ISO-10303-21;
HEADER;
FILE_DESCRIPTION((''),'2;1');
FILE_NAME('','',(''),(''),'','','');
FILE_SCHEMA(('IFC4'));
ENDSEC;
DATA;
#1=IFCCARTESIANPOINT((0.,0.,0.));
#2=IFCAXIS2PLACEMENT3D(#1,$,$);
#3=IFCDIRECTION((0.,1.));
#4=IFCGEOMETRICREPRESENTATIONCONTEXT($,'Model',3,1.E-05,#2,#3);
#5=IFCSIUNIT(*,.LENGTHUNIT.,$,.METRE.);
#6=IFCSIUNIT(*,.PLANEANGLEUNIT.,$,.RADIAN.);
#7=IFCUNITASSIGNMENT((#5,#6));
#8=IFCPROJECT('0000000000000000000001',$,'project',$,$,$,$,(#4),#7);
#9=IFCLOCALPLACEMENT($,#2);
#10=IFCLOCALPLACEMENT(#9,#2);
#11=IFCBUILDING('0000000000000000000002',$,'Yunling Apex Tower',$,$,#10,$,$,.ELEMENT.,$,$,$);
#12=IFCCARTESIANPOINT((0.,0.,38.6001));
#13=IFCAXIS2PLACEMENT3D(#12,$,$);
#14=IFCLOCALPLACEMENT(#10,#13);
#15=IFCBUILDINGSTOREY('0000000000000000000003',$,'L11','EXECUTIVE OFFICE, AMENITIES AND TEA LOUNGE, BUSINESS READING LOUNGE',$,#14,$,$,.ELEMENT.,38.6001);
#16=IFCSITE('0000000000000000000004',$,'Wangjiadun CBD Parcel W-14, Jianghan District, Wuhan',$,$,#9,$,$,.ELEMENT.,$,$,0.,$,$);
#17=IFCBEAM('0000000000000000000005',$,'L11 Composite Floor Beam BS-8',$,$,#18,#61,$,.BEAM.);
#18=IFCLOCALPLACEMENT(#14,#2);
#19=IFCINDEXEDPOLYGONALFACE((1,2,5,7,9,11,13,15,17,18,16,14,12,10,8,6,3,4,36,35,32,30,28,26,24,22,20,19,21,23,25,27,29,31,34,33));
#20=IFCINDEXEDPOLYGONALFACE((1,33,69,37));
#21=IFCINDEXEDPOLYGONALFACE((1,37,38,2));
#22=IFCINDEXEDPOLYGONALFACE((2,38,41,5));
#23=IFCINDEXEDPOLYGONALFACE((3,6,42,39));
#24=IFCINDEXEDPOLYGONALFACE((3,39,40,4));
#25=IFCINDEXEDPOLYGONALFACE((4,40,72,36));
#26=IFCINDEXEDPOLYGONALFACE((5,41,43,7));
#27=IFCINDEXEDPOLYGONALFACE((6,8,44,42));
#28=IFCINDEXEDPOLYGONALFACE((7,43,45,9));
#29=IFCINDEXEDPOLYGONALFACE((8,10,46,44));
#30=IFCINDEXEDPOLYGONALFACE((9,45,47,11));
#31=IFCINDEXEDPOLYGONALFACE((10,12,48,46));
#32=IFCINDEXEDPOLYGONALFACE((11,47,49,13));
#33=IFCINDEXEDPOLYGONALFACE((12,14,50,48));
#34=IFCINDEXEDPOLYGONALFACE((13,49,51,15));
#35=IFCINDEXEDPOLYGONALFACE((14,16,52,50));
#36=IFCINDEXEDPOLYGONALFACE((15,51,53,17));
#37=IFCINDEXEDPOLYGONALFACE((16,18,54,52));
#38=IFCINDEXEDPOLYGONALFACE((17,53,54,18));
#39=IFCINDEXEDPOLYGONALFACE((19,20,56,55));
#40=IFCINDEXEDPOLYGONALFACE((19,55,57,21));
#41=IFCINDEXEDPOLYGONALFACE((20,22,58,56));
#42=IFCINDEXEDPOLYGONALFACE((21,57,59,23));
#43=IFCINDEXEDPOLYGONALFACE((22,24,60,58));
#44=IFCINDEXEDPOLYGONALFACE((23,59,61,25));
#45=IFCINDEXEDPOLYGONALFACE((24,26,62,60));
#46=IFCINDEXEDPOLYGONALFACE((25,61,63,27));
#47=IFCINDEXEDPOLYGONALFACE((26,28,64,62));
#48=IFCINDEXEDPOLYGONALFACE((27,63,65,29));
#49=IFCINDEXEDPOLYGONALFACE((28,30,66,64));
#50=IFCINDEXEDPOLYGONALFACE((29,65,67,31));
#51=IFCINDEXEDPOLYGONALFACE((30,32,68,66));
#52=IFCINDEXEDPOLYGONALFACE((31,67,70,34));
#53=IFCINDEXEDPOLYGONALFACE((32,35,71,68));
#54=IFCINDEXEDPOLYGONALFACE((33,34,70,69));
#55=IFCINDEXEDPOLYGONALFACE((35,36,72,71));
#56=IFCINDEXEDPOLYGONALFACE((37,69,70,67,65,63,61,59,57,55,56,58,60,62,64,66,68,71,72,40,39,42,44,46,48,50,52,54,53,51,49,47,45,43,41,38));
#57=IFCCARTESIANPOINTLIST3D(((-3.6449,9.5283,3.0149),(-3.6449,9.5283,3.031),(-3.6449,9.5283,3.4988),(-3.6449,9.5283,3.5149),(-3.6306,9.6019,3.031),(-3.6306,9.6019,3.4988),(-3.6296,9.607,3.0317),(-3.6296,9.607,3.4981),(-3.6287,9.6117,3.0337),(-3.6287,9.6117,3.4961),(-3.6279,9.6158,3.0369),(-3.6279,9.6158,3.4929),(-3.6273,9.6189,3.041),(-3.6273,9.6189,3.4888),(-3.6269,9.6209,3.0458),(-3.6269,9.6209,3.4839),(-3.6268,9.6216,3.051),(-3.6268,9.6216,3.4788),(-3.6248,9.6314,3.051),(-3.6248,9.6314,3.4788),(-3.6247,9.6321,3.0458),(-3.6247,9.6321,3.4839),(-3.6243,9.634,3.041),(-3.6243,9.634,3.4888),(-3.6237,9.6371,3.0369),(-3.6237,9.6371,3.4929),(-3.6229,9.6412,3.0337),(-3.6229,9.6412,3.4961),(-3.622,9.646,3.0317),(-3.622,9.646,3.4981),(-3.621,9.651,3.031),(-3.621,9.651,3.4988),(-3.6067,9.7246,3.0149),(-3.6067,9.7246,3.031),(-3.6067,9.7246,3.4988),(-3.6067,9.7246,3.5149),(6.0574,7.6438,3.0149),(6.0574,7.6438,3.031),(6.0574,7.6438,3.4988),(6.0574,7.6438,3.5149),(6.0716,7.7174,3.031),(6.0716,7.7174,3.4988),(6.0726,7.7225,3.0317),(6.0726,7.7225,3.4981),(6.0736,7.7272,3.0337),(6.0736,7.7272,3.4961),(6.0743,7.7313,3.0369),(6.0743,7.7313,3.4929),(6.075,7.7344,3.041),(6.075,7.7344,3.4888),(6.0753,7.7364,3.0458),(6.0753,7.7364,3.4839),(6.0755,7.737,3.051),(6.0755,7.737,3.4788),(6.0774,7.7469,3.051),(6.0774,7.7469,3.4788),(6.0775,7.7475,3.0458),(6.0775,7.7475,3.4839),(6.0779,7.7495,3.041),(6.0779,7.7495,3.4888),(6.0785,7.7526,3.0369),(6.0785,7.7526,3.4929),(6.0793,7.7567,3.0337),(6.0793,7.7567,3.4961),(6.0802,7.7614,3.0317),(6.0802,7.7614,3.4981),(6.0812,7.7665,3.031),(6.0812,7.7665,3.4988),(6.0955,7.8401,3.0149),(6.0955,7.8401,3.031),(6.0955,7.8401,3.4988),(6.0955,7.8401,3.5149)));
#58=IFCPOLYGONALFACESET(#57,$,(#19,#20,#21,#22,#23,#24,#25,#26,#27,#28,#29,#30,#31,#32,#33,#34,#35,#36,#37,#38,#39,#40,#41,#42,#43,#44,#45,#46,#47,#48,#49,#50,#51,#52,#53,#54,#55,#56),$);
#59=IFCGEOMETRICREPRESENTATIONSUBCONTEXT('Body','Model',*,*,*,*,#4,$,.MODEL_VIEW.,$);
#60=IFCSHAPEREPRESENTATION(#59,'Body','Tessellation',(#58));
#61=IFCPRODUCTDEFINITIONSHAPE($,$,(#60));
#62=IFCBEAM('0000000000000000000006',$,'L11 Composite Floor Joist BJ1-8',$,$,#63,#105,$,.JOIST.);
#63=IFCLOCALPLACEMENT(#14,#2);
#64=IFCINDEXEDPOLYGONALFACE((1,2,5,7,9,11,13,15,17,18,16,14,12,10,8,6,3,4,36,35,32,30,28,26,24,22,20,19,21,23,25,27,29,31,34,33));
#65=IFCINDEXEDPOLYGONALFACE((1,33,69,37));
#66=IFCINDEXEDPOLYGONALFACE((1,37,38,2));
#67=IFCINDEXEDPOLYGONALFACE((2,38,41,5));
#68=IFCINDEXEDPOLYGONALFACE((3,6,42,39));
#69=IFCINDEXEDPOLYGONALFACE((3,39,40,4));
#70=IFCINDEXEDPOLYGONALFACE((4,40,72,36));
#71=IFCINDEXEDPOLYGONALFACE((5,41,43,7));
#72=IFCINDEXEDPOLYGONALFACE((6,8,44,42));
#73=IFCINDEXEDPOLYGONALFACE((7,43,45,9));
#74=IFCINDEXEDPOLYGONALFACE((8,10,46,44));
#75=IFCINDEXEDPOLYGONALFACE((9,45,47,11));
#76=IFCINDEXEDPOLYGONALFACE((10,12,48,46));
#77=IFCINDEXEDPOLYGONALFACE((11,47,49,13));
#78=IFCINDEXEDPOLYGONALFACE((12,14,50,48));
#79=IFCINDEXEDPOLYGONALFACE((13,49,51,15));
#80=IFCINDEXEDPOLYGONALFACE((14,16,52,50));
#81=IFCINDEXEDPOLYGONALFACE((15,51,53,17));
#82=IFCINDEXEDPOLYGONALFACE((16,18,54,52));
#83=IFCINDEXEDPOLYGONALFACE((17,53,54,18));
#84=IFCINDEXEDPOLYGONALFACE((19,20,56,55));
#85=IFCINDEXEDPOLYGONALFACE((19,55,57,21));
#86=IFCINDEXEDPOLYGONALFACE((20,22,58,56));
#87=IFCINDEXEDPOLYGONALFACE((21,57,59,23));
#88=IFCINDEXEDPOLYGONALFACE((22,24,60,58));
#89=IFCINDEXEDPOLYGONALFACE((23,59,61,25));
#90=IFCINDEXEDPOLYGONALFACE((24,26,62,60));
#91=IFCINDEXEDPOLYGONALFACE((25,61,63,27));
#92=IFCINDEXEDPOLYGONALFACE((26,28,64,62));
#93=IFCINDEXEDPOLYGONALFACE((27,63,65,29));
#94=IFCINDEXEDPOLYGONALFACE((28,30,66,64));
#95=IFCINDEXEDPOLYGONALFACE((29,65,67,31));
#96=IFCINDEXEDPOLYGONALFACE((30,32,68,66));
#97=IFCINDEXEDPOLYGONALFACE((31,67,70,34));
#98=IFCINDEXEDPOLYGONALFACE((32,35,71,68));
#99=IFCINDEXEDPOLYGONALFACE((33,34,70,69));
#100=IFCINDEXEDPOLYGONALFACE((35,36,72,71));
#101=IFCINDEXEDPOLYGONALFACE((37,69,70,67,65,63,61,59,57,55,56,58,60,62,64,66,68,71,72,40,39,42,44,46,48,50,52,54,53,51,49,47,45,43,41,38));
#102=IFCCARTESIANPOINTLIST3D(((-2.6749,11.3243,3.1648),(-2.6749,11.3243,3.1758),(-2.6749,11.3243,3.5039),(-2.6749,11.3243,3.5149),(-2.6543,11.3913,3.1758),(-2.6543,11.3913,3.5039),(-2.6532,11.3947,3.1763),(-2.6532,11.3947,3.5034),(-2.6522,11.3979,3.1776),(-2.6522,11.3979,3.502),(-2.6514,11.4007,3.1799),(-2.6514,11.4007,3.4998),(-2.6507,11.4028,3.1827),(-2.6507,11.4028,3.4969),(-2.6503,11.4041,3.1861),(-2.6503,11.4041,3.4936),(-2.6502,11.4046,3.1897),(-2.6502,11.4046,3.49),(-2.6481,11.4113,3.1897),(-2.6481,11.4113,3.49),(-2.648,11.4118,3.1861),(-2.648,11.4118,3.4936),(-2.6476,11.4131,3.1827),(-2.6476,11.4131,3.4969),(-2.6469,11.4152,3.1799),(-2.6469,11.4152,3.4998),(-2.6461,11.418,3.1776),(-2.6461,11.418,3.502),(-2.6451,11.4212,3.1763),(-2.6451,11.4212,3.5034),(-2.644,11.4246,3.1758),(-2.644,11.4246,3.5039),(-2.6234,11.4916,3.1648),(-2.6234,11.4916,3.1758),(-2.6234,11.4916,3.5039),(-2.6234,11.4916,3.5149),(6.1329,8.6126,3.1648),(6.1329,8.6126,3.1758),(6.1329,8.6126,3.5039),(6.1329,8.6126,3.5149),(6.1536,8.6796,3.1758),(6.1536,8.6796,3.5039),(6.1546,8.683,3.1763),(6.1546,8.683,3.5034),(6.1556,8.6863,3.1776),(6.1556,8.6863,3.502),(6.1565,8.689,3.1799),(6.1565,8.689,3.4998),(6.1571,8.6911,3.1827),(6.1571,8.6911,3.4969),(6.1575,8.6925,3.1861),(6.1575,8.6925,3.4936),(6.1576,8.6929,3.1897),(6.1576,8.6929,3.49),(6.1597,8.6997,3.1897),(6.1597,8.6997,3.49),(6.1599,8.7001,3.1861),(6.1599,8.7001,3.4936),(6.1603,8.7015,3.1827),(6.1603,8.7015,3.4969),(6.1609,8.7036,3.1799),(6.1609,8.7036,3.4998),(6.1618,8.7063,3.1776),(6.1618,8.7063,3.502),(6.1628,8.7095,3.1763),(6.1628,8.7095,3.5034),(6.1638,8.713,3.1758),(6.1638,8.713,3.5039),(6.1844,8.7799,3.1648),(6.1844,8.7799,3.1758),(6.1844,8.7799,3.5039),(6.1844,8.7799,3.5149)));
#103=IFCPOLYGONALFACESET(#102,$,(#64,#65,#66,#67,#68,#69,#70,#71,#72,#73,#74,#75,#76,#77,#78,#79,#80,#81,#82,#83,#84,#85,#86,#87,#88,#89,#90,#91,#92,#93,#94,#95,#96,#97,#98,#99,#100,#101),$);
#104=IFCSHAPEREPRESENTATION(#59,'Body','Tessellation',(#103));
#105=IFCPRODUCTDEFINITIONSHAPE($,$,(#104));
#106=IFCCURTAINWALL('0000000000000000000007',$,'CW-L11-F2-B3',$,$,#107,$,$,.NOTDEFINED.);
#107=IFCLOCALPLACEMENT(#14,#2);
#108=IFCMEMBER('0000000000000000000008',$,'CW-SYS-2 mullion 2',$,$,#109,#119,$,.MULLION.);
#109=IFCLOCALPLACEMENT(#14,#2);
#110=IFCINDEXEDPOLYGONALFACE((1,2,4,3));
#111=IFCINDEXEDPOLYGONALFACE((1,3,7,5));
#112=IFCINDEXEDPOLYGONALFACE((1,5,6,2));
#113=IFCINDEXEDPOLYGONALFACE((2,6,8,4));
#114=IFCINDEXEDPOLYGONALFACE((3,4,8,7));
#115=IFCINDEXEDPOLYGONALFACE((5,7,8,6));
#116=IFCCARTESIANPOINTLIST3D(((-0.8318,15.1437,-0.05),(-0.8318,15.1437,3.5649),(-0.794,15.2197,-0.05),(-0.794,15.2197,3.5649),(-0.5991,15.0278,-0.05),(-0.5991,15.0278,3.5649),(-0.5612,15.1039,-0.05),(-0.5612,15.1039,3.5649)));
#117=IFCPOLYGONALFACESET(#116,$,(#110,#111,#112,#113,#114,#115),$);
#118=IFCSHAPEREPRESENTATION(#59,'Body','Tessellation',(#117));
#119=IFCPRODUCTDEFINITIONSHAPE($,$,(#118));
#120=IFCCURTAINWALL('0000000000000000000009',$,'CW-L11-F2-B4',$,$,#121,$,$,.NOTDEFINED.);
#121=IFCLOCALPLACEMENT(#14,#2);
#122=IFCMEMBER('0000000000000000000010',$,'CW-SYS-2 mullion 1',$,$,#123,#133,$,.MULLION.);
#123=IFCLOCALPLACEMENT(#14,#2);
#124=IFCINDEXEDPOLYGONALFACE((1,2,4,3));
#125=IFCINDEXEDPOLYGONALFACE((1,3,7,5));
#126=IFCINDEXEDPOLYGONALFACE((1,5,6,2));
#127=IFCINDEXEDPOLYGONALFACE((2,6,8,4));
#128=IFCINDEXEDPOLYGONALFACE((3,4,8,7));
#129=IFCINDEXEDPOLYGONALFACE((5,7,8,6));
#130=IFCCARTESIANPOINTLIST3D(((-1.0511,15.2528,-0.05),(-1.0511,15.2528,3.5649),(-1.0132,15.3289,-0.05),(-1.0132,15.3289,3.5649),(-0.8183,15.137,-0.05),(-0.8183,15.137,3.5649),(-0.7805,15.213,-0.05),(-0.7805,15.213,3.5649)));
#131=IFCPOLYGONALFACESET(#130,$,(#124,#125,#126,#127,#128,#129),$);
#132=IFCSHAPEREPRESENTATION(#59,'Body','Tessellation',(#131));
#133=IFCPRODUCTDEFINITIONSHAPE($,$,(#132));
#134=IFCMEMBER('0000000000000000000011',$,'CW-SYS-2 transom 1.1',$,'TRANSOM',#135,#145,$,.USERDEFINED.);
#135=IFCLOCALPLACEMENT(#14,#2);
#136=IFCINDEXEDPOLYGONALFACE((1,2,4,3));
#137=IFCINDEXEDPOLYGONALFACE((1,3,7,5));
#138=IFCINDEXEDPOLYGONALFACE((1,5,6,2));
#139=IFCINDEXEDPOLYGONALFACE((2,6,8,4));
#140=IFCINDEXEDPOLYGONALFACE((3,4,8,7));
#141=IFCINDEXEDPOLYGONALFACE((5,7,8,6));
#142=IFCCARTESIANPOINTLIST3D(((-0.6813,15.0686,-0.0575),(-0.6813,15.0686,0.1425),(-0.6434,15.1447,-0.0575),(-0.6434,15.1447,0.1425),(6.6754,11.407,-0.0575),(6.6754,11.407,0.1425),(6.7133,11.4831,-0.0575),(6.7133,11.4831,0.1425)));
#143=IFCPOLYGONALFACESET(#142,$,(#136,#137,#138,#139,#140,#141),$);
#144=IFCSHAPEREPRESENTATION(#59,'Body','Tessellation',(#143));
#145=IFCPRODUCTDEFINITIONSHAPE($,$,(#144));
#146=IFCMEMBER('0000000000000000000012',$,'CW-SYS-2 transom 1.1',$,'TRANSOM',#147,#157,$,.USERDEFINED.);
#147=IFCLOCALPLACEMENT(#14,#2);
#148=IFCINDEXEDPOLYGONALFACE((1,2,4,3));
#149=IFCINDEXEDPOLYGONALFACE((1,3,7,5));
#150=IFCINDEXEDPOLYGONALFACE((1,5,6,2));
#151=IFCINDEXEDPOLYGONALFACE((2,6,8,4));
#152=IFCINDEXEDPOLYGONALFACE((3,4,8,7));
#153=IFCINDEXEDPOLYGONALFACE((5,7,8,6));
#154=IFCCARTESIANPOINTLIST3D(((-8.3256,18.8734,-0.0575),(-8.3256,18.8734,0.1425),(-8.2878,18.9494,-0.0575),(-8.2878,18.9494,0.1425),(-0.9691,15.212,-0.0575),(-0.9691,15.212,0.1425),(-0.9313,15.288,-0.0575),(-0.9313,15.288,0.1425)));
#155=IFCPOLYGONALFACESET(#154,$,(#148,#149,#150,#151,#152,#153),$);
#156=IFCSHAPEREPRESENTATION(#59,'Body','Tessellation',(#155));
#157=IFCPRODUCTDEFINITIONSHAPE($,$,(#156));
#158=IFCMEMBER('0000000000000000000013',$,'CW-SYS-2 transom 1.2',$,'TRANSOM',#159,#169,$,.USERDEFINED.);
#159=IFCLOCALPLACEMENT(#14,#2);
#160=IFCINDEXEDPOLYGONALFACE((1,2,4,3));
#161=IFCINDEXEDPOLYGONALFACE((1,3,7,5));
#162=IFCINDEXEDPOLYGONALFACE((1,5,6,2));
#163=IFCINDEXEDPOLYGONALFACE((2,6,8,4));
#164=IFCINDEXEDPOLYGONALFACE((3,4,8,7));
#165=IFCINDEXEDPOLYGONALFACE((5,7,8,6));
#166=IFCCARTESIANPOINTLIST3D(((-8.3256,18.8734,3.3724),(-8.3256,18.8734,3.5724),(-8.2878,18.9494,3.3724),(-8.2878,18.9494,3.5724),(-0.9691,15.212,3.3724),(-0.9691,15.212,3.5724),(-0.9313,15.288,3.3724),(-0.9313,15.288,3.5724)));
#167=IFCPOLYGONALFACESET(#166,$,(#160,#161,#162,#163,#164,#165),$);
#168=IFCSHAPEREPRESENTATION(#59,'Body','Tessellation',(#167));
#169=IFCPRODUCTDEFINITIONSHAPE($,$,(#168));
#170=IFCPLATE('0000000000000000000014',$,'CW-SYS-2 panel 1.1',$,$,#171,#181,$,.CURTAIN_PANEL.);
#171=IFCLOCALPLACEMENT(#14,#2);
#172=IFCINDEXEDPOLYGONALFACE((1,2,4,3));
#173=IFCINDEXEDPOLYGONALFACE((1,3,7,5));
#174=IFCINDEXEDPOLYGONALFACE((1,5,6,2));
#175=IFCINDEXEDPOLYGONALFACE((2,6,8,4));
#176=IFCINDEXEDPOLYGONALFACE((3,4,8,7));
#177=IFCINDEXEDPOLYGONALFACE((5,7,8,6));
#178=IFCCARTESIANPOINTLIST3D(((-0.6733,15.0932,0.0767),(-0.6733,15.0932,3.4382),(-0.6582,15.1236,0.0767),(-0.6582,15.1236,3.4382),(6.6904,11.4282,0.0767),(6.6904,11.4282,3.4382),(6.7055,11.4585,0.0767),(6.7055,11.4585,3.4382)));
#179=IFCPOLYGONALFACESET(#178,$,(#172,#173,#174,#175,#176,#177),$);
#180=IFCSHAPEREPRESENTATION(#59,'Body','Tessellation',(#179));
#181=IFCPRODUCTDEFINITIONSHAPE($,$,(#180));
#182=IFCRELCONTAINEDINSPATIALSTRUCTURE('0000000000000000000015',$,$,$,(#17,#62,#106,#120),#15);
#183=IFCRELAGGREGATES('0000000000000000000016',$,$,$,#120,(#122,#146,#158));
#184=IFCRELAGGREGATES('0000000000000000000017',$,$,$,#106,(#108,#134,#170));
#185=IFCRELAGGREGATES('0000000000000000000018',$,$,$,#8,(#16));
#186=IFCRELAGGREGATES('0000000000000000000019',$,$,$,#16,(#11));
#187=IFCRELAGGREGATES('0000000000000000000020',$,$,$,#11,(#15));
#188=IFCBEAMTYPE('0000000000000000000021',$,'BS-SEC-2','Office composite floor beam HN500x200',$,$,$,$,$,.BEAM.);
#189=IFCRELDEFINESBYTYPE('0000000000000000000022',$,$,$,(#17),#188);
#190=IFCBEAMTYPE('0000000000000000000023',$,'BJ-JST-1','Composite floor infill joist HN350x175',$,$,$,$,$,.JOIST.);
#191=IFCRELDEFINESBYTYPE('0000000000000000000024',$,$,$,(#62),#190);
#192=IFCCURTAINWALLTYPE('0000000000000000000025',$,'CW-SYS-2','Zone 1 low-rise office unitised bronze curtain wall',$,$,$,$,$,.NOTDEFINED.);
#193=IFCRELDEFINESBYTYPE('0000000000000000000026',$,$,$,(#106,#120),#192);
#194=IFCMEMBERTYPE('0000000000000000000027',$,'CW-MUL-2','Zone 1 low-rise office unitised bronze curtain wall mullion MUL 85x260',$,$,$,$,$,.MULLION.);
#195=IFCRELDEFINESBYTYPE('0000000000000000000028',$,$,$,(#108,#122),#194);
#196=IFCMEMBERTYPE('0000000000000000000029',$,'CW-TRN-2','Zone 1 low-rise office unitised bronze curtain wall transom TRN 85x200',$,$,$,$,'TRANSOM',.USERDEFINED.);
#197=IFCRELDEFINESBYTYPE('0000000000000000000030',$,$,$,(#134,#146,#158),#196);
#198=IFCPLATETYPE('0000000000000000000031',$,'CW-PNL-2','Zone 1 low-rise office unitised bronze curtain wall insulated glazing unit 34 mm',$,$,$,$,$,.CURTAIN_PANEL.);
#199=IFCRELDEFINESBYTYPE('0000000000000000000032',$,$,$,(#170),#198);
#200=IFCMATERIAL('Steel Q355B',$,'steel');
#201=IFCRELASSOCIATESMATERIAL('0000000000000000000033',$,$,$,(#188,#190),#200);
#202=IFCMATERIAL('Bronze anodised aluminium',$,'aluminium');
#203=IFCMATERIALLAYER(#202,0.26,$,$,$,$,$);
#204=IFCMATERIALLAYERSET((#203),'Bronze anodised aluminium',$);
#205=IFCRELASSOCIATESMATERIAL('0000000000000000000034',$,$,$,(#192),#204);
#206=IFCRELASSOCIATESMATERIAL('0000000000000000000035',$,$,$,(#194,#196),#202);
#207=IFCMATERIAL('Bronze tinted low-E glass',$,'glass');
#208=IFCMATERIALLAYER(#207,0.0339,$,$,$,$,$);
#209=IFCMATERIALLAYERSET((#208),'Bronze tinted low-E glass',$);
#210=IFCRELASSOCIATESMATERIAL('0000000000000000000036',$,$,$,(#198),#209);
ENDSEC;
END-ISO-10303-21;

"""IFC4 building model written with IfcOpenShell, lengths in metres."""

from ifc_helpers import new_model, si_unit, direction, frame, origin, origin_2d, place, context, subcontext, project, spatial, rectangle, i_section, extrude, source, transform, mapped, material, layer, layer_set, material_profile, profile_set, type_object, element, aggregate, save


model = new_model("IFC4")

# Units and contexts
model_context = context("Model", 3, precision=1e-05, world=origin(), true_north=direction((0.0, 1.0)))
body_context = subcontext(model_context, "Body", "Model", "MODEL_VIEW")
ifc_project = project(units=[si_unit("LENGTHUNIT", "METRE"), si_unit("PLANEANGLEUNIT", "RADIAN")], contexts=[model_context])

# Site, building, storey
site_placement = place(None, origin())
site = spatial("IfcSite", under=ifc_project, at=site_placement, Name="Wangjiadun CBD Parcel W-14, Jianghan District, Wuhan", CompositionType="ELEMENT", RefElevation=0.0)
building_placement = place(site_placement, origin())
building = spatial("IfcBuilding", under=site, at=building_placement, Name="Yunling Apex Tower", CompositionType="ELEMENT")
storey_placement = place(building_placement, frame((0.0, 0.0, 38.6001)))
storey = spatial("IfcBuildingStorey", under=building, at=storey_placement, Name="L11", Description="EXECUTIVE OFFICE, AMENITIES AND TEA LOUNGE, BUSINESS READING LOUNGE", CompositionType="ELEMENT", Elevation=38.6001)

# Beams
ifc_material_1 = material(Name="Steel Q355B", Category="steel")
ifc_material_profile_1 = material_profile(ifc_material_1, i_section(OverallWidth=0.2, OverallDepth=0.5, WebThickness=0.01, FlangeThickness=0.0161, FilletRadius=0.02, at=origin_2d()))
ifc_profile_set_1 = profile_set([ifc_material_profile_1], Name="Steel Q355B")
beam_type_1 = type_object("IfcBeamType", Name="BS-SEC-2", Description="Office composite floor beam HN500x200", PredefinedType="BEAM", material=ifc_profile_set_1)
shared_shape_1 = source(origin(), body_context, "Body", "SweptSolid", [
    extrude(i_section(OverallWidth=0.2, OverallDepth=0.5, WebThickness=0.01, FlangeThickness=0.0161, FilletRadius=0.02, at=origin_2d()), origin(), (0.0, 0.0, 1.0), 9.8835),
])
beam_1_placement = place(storey_placement, frame((6.0764, 7.7419, 3.2649), z_axis=(-0.981653, 0.190674, 0.0), x_axis=(-0.190674, -0.981653, 0.0)))
element("IfcBeam", 1, at=beam_1_placement, inside=storey, type_object=beam_type_1, Name="L11 Composite Floor Beam BS-8", PredefinedType="BEAM", context=body_context, shape_type="MappedRepresentation", body=[
    mapped(shared_shape_1, transform((0.0, 0.0, 0.0), scale=1.0)),
])
ifc_material_profile_2 = material_profile(ifc_material_1, i_section(OverallWidth=0.175, OverallDepth=0.3501, WebThickness=0.0071, FlangeThickness=0.011, FilletRadius=0.0139, at=origin_2d()))
ifc_profile_set_2 = profile_set([ifc_material_profile_2], Name="Steel Q355B")
beam_type_2 = type_object("IfcBeamType", Name="BJ-JST-1", Description="Composite floor infill joist HN350x175", PredefinedType="JOIST", material=ifc_profile_set_2)
shared_shape_2 = source(origin(), body_context, "Body", "SweptSolid", [
    extrude(i_section(OverallWidth=0.175, OverallDepth=0.3501, WebThickness=0.0071, FlangeThickness=0.011, FilletRadius=0.0139, at=origin_2d()), origin(), (0.0, 0.0, 1.0), 9.2158),
])
beam_2_placement = place(storey_placement, frame((6.1587, 8.6963, 3.3398), z_axis=(-0.955731, 0.29424, 0.0), x_axis=(-0.29424, -0.955731, 0.0)))
element("IfcBeam", 2, at=beam_2_placement, inside=storey, type_object=beam_type_2, Name="L11 Composite Floor Joist BJ1-8", PredefinedType="JOIST", context=body_context, shape_type="MappedRepresentation", body=[
    mapped(shared_shape_2, transform((0.0, 0.0, 0.0), scale=1.0)),
])

# Curtain walls, members
ifc_material_2 = material(Name="Bronze anodised aluminium", Category="aluminium")
ifc_layer_1 = layer(ifc_material_2, 0.26)
ifc_layer_set_1 = layer_set([ifc_layer_1], Name="Bronze anodised aluminium")
curtain_wall_type = type_object("IfcCurtainWallType", Name="CW-SYS-2", Description="Zone 1 low-rise office unitised bronze curtain wall", PredefinedType="NOTDEFINED", material=ifc_layer_set_1)
curtain_wall_1_placement = place(storey_placement, origin())
curtain_wall_1 = element("IfcCurtainWall", 3, at=curtain_wall_1_placement, inside=storey, type_object=curtain_wall_type, Name="CW-L11-F2-B3", PredefinedType="NOTDEFINED")
ifc_material_profile_3 = material_profile(ifc_material_2, rectangle(XDim=0.085, YDim=0.26, at=origin_2d()))
ifc_profile_set_3 = profile_set([ifc_material_profile_3], Name="Bronze anodised aluminium")
member_type_1 = type_object("IfcMemberType", Name="CW-MUL-2", Description="Zone 1 low-rise office unitised bronze curtain wall mullion MUL 85x260", PredefinedType="MULLION", material=ifc_profile_set_3)
shared_shape_3 = source(origin(), body_context, "Body", "SweptSolid", [
    extrude(rectangle(XDim=0.085, YDim=0.26, at=origin_2d()), origin(), (0.0, 0.0, 1.0), 3.615),
])
member_1_placement = place(storey_placement, frame((-0.6965, 15.1238, -0.05), z_axis=(0.0, 0.0, 1.0), x_axis=(-0.44558, -0.895242, 0.0)))
member_1 = element("IfcMember", 4, at=member_1_placement, type_object=member_type_1, Name="CW-SYS-2 mullion 2", PredefinedType="MULLION", context=body_context, shape_type="MappedRepresentation", body=[
    mapped(shared_shape_3, transform((0.0, 0.0, 0.0), scale=1.0)),
])
curtain_wall_2_placement = place(storey_placement, origin())
curtain_wall_2 = element("IfcCurtainWall", 5, at=curtain_wall_2_placement, inside=storey, type_object=curtain_wall_type, Name="CW-L11-F2-B4", PredefinedType="NOTDEFINED")
member_2_placement = place(storey_placement, frame((-0.9158, 15.2329, -0.05), z_axis=(0.0, 0.0, 1.0), x_axis=(-0.445571, -0.895247, 0.0)))
member_2 = element("IfcMember", 6, at=member_2_placement, type_object=member_type_1, Name="CW-SYS-2 mullion 1", PredefinedType="MULLION", context=body_context, shape_type="MappedRepresentation", body=[
    mapped(shared_shape_3, transform((0.0, 0.0, 0.0), scale=1.0)),
])

# Members
ifc_material_profile_4 = material_profile(ifc_material_2, rectangle(XDim=0.085, YDim=0.2, at=origin_2d()))
ifc_profile_set_4 = profile_set([ifc_material_profile_4], Name="Bronze anodised aluminium")
member_type_2 = type_object("IfcMemberType", Name="CW-TRN-2", Description="Zone 1 low-rise office unitised bronze curtain wall transom TRN 85x200", ElementType="TRANSOM", PredefinedType="USERDEFINED", material=ifc_profile_set_4)
shared_shape_4 = source(origin(), body_context, "Body", "SweptSolid", [
    extrude(rectangle(XDim=0.085, YDim=0.2, at=origin_2d()), origin(), (0.0, 0.0, 1.0), 8.2175),
])
member_3_placement = place(storey_placement, frame((6.6943, 11.4451, 0.0425), z_axis=(-0.89524, 0.445585, 0.0), x_axis=(-0.445585, -0.89524, 0.0)))
member_3 = element("IfcMember", 7, at=member_3_placement, type_object=member_type_2, Name="CW-SYS-2 transom 1.1", ObjectType="TRANSOM", PredefinedType="USERDEFINED", context=body_context, shape_type="MappedRepresentation", body=[
    mapped(shared_shape_4, transform((0.0, 0.0, 0.0), scale=1.0)),
])
shared_shape_5 = source(origin(), body_context, "Body", "SweptSolid", [
    extrude(rectangle(XDim=0.085, YDim=0.2, at=origin_2d()), origin(), (0.0, 0.0, 1.0), 8.2173),
])
member_4_placement = place(storey_placement, frame((-0.9502, 15.25, 0.0425), z_axis=(-0.895246, 0.445573, 0.0), x_axis=(-0.445573, -0.895246, 0.0)))
member_4 = element("IfcMember", 8, at=member_4_placement, type_object=member_type_2, Name="CW-SYS-2 transom 1.1", ObjectType="TRANSOM", PredefinedType="USERDEFINED", context=body_context, shape_type="MappedRepresentation", body=[
    mapped(shared_shape_5, transform((0.0, 0.0, 0.0), scale=1.0)),
])
member_5_placement = place(storey_placement, frame((-0.9502, 15.25, 3.4724), z_axis=(-0.895246, 0.445573, 0.0), x_axis=(-0.445573, -0.895246, 0.0)))
member_5 = element("IfcMember", 9, at=member_5_placement, type_object=member_type_2, Name="CW-SYS-2 transom 1.2", ObjectType="TRANSOM", PredefinedType="USERDEFINED", context=body_context, shape_type="MappedRepresentation", body=[
    mapped(shared_shape_5, transform((0.0, 0.0, 0.0), scale=1.0)),
])
aggregate(curtain_wall_2, [member_2, member_4, member_5])

# Plate
ifc_material_3 = material(Name="Bronze tinted low-E glass", Category="glass")
ifc_layer_2 = layer(ifc_material_3, 0.0339)
ifc_layer_set_2 = layer_set([ifc_layer_2], Name="Bronze tinted low-E glass")
plate_type = type_object("IfcPlateType", Name="CW-PNL-2", Description="Zone 1 low-rise office unitised bronze curtain wall insulated glazing unit 34 mm", PredefinedType="CURTAIN_PANEL", material=ifc_layer_set_2)
shared_shape_6 = source(origin(), body_context, "Body", "SweptSolid", [
    extrude(rectangle(XDim=8.2253, YDim=0.0339, at=origin_2d()), origin(), (0.0, 0.0, 1.0), 3.3616),
])
plate_placement = place(storey_placement, frame((3.0161, 13.2759, 0.0767), z_axis=(0.0, 0.0, 1.0), x_axis=(-0.895242, 0.44558, 0.0)))
plate = element("IfcPlate", 10, at=plate_placement, type_object=plate_type, Name="CW-SYS-2 panel 1.1", PredefinedType="CURTAIN_PANEL", context=body_context, shape_type="MappedRepresentation", body=[
    mapped(shared_shape_6, transform((0.0, 0.0, 0.0), scale=1.0)),
])
aggregate(curtain_wall_1, [member_1, member_3, plate])

save(model, "model.ifc")
